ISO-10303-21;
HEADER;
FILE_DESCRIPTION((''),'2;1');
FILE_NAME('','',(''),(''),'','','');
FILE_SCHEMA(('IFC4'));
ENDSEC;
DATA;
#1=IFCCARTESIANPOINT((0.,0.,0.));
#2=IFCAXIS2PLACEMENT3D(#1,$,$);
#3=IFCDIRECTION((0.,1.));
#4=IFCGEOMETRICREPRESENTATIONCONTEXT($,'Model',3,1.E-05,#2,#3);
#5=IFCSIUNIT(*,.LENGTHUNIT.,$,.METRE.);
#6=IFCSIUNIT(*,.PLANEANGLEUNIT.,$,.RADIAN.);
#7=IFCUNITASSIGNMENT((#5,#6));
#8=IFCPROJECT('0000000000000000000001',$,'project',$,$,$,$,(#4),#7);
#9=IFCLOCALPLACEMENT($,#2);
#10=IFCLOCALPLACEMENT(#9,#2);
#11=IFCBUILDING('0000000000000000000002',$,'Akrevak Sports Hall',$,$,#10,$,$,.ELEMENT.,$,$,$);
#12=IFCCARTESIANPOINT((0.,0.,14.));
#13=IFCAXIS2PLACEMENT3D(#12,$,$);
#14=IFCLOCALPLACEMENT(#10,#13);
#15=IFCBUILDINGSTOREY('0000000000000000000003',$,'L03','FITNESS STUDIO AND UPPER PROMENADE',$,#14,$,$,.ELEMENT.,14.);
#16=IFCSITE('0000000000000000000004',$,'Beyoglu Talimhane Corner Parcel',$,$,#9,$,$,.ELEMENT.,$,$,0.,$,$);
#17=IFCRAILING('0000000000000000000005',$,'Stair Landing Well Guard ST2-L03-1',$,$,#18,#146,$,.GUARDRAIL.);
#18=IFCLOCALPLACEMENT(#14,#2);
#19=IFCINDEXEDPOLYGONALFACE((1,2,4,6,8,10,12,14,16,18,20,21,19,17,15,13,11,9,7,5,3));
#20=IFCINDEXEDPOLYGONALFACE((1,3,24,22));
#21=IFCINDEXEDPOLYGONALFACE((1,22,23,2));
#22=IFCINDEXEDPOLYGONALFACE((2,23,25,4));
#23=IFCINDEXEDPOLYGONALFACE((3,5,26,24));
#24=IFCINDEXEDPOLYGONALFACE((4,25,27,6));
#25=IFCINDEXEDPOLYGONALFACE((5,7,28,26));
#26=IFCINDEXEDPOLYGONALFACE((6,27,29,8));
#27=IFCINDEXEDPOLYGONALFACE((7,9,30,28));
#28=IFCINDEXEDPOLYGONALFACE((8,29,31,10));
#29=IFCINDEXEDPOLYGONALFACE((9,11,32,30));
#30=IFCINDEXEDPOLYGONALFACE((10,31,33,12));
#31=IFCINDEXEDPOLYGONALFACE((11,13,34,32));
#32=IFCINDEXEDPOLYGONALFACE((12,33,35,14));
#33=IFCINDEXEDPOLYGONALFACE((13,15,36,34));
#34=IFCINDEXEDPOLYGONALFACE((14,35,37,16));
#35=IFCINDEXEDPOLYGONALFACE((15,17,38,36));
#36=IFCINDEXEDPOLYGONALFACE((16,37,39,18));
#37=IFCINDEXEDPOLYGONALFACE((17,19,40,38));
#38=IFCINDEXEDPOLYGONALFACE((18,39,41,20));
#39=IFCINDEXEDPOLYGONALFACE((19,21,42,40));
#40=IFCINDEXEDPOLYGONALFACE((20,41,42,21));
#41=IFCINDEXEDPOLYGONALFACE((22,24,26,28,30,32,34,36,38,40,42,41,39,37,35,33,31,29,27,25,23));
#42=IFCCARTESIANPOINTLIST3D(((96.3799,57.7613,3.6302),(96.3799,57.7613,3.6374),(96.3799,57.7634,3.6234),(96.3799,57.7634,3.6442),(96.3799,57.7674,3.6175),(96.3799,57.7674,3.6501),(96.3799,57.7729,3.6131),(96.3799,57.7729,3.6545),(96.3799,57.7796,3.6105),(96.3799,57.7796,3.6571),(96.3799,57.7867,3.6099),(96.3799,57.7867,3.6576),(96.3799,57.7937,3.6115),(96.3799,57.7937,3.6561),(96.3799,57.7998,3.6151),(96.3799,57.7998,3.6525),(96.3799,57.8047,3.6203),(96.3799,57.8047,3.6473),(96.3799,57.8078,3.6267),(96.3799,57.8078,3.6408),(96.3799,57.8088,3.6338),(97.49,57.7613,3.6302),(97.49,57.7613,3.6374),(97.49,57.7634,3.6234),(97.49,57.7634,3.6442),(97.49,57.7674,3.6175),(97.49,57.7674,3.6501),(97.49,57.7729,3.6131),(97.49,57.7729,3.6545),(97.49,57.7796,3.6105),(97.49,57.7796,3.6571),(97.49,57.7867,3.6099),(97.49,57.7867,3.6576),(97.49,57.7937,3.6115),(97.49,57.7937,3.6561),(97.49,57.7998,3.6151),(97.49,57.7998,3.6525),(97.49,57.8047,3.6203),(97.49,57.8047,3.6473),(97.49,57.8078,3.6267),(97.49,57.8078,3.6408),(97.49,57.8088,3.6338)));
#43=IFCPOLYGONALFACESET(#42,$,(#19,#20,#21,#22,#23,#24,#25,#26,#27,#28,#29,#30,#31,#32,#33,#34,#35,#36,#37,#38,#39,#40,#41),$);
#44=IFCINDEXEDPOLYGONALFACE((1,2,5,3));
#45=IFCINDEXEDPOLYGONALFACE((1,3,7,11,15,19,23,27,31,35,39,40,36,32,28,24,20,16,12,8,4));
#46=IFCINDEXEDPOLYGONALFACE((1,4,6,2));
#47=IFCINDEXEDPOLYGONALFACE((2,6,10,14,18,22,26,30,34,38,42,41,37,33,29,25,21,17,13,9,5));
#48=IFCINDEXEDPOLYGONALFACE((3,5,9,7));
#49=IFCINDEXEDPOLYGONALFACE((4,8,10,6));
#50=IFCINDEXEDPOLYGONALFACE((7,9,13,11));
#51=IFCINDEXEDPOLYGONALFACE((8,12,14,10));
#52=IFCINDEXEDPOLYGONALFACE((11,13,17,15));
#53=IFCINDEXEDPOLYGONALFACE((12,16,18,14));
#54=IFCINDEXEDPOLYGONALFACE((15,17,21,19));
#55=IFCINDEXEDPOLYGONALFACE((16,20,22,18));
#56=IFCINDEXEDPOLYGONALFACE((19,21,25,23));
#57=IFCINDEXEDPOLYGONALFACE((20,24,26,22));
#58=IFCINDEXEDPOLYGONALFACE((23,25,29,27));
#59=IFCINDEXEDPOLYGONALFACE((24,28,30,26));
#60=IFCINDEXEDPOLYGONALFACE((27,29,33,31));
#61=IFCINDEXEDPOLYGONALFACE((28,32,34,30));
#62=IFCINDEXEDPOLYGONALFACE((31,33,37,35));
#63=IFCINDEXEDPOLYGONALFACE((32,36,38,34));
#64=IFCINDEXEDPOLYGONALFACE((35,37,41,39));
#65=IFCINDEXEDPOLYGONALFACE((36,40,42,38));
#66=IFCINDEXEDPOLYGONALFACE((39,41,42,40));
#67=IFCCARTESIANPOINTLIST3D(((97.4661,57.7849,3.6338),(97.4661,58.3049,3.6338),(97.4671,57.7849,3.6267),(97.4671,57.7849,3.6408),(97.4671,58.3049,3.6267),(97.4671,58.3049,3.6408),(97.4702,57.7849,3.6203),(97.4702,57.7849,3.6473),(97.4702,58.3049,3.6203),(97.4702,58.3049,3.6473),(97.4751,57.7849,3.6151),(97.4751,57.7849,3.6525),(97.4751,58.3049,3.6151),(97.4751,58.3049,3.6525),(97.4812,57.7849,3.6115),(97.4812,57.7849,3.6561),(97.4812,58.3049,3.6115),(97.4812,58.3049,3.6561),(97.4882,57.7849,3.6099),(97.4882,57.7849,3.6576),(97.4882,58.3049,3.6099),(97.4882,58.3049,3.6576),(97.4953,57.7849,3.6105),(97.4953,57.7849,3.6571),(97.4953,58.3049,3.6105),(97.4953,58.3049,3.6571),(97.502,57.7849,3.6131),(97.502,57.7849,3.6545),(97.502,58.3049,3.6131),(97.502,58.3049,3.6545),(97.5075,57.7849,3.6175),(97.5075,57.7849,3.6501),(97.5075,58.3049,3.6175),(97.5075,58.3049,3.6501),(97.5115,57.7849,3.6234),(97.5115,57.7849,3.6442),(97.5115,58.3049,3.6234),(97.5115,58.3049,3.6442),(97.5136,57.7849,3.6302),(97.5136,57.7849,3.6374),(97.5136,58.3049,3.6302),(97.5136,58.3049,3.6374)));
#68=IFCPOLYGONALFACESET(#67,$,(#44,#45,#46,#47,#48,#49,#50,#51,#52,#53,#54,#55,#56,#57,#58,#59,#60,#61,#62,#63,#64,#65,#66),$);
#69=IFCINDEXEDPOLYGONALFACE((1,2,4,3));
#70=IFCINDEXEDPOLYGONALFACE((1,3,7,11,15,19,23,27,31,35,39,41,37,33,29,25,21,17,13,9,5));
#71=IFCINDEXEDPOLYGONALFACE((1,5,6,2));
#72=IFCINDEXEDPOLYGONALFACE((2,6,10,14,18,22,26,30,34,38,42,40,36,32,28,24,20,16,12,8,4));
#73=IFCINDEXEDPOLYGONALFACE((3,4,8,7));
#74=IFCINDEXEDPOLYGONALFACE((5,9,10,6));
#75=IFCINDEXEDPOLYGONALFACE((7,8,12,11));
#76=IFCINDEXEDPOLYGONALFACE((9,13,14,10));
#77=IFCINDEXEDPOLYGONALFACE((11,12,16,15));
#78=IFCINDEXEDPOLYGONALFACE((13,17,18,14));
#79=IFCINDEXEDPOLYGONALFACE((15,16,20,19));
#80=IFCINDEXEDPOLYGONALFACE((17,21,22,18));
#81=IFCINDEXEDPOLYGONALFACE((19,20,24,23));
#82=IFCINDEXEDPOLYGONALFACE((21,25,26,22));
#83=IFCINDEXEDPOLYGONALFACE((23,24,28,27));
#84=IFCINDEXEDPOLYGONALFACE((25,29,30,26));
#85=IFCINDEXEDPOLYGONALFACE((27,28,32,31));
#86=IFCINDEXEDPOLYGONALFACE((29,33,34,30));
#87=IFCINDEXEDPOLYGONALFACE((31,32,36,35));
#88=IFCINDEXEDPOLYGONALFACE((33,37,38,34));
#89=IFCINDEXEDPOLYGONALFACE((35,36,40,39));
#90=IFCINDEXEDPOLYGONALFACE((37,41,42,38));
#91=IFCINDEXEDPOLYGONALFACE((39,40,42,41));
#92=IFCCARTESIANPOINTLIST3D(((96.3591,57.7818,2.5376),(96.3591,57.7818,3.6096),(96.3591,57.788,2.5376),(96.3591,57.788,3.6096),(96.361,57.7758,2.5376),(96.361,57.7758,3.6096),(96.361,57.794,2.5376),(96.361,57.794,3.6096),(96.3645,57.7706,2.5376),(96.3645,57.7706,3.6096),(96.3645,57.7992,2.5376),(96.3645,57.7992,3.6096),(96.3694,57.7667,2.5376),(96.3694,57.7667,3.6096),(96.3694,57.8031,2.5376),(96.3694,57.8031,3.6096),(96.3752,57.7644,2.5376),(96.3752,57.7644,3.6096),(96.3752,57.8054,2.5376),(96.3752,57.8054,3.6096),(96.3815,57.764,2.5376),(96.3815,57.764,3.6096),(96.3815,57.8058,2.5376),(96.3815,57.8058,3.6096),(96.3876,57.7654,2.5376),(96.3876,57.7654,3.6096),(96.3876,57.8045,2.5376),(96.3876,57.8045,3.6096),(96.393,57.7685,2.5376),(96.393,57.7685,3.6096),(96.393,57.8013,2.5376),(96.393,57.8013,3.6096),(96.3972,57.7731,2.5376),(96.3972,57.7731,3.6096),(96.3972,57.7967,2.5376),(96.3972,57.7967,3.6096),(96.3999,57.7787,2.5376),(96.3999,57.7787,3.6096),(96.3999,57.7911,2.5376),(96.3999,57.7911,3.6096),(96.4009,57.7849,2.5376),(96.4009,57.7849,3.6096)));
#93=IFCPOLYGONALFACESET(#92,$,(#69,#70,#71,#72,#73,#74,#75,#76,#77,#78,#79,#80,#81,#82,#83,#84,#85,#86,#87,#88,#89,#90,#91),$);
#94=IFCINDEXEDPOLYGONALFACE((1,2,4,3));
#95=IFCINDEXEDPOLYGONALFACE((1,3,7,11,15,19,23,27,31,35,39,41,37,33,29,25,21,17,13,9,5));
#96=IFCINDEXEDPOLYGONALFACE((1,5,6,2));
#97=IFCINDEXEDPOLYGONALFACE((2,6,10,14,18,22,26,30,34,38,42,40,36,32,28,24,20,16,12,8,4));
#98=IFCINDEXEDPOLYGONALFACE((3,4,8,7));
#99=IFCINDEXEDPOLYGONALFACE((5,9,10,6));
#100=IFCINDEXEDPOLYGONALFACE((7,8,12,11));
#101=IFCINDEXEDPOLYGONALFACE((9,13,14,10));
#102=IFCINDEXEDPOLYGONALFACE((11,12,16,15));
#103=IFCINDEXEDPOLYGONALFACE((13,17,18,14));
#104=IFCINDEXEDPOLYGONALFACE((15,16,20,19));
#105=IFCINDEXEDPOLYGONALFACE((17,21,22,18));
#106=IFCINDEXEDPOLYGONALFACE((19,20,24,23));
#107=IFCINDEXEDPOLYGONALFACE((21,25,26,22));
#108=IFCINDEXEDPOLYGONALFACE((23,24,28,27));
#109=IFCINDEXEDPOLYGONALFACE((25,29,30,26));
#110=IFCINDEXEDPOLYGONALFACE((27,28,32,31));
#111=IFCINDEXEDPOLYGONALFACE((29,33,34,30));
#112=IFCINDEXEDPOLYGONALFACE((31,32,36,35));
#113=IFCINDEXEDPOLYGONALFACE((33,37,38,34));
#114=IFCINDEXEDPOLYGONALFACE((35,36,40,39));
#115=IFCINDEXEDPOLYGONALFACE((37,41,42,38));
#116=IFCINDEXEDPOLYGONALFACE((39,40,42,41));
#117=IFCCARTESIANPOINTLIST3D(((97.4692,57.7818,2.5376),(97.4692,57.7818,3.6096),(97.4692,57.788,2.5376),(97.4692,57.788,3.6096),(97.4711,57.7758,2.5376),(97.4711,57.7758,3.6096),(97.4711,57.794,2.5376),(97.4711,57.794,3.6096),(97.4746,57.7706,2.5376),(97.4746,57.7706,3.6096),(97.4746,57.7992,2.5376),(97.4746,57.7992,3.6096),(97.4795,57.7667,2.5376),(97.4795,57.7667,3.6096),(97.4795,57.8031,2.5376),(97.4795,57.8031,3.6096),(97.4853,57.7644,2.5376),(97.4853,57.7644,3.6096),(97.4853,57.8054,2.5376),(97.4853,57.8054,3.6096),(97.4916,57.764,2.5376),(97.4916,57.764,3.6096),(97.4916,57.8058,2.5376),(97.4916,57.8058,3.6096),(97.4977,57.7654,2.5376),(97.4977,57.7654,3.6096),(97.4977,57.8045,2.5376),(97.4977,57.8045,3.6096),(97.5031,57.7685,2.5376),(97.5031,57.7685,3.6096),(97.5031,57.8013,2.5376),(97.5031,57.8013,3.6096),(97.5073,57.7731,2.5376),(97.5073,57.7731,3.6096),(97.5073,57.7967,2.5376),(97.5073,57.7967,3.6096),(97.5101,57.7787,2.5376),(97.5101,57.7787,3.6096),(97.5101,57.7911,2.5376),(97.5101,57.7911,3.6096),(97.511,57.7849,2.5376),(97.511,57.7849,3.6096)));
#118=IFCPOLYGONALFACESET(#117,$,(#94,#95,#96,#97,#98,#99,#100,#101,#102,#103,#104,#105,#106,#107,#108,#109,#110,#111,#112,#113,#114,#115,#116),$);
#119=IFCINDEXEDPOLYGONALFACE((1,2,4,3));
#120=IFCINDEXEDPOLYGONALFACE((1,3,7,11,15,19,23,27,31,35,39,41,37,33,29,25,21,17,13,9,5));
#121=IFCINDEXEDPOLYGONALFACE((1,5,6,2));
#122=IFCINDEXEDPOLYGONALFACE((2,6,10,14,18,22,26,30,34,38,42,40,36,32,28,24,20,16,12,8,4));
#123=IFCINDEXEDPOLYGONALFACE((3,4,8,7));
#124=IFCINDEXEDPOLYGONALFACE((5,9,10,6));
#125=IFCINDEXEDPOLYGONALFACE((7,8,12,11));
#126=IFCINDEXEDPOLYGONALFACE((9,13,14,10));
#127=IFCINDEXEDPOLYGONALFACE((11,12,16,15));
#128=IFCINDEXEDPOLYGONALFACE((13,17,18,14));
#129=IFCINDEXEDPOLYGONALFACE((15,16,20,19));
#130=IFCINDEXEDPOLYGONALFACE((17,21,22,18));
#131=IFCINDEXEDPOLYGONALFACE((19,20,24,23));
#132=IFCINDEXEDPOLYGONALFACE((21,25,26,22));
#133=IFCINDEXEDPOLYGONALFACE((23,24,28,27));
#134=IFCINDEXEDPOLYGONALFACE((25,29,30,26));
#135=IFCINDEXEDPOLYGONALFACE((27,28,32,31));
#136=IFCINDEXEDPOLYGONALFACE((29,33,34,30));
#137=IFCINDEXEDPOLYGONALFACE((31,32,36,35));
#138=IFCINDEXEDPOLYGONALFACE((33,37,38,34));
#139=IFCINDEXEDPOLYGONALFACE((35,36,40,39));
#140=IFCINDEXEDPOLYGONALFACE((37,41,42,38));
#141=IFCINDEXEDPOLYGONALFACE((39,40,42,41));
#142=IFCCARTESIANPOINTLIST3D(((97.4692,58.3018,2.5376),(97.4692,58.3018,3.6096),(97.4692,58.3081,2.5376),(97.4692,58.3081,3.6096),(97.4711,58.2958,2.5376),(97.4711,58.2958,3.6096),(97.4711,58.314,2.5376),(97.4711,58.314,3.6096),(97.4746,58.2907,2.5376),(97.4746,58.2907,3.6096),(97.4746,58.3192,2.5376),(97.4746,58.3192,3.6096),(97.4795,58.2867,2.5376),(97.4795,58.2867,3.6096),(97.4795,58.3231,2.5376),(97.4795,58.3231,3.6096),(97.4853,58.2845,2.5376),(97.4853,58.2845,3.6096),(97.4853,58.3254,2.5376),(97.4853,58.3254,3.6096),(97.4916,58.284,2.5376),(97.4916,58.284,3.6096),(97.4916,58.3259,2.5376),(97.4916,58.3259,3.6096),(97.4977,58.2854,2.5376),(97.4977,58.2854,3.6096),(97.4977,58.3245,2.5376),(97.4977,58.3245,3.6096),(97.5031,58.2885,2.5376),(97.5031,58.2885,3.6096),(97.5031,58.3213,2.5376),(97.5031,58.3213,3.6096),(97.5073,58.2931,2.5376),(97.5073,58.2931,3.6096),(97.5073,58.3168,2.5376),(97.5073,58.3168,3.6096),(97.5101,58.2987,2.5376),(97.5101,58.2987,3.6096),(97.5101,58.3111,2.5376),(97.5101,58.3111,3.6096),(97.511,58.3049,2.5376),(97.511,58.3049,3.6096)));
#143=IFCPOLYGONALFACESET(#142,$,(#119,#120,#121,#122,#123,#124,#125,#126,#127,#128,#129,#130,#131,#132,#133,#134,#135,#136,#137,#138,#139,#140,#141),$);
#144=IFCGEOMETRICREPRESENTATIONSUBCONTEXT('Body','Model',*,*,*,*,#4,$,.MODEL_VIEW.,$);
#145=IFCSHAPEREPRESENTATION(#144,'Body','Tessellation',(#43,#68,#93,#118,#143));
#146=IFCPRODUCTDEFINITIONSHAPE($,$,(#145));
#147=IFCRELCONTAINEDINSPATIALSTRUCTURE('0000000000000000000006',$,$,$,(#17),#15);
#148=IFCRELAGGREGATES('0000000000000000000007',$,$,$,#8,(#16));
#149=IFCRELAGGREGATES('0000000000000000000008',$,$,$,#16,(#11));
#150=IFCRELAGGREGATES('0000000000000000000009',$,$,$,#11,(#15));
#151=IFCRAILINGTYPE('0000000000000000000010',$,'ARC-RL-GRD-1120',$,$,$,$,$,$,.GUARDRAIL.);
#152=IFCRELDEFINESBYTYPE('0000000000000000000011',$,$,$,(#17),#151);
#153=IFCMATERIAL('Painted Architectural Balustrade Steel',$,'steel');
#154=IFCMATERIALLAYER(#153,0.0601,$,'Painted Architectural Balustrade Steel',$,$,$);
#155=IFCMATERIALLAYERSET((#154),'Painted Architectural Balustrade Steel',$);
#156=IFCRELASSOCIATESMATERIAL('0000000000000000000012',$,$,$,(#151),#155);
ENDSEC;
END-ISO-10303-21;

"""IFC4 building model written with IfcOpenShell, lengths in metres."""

from ifc_helpers import new_model, si_unit, direction, frame, origin, origin_2d, place, context, subcontext, project, spatial, circle, extrude, material, layer, layer_set, type_object, element, save


model = new_model("IFC4")

# Units and contexts
model_context = context("Model", 3, precision=1e-05, world=origin(), true_north=direction((0.0, 1.0)))
body_context = subcontext(model_context, "Body", "Model", "MODEL_VIEW")
ifc_project = project(units=[si_unit("LENGTHUNIT", "METRE"), si_unit("PLANEANGLEUNIT", "RADIAN")], contexts=[model_context])

# Site, building, storey
site_placement = place(None, origin())
site = spatial("IfcSite", under=ifc_project, at=site_placement, Name="Beyoglu Talimhane Corner Parcel", CompositionType="ELEMENT", RefElevation=0.0)
building_placement = place(site_placement, origin())
building = spatial("IfcBuilding", under=site, at=building_placement, Name="Akrevak Sports Hall", CompositionType="ELEMENT")
storey_placement = place(building_placement, frame((0.0, 0.0, 14.0)))
storey = spatial("IfcBuildingStorey", under=building, at=storey_placement, Name="L03", Description="FITNESS STUDIO AND UPPER PROMENADE", CompositionType="ELEMENT", Elevation=14.0)

# Railing
ifc_material_1 = material(Name="Painted Architectural Balustrade Steel", Category="steel")
ifc_layer_1 = layer(ifc_material_1, 0.0601, Name="Painted Architectural Balustrade Steel")
ifc_layer_set_1 = layer_set([ifc_layer_1], Name="Painted Architectural Balustrade Steel")
railing_type_1 = type_object("IfcRailingType", Name="ARC-RL-GRD-1120", PredefinedType="GUARDRAIL", material=ifc_layer_set_1)
railing_1_placement = place(storey_placement, frame((96.3799, 57.7849, 2.5376)))
element("IfcRailing", 1, at=railing_1_placement, inside=storey, type_object=railing_type_1, Name="Stair Landing Well Guard ST2-L03-1", PredefinedType="GUARDRAIL", context=body_context, shape_type="SweptSolid", body=[
    extrude(circle(Radius=0.0239, at=origin_2d()), frame((0.0, 0.0, 1.0962), z_axis=(1.0, 0.0, 0.0), x_axis=(0.0, 1.0, 0.0)), (0.0, 0.0, 1.0), 1.1101),
    extrude(circle(Radius=0.0239, at=origin_2d()), frame((1.1101, 0.0, 1.0962), z_axis=(0.0, 1.0, 0.0), x_axis=(-1.0, 0.0, 0.0)), (0.0, 0.0, 1.0), 0.52),
    extrude(circle(Radius=0.021, at=origin_2d()), origin(), (0.0, 0.0, 1.0), 1.072),
    extrude(circle(Radius=0.021, at=origin_2d()), frame((1.1101, 0.0, 0.0)), (0.0, 0.0, 1.0), 1.072),
    extrude(circle(Radius=0.021, at=origin_2d()), frame((1.1101, 0.52, 0.0)), (0.0, 0.0, 1.0), 1.072),
])

save(model, "model.ifc")
